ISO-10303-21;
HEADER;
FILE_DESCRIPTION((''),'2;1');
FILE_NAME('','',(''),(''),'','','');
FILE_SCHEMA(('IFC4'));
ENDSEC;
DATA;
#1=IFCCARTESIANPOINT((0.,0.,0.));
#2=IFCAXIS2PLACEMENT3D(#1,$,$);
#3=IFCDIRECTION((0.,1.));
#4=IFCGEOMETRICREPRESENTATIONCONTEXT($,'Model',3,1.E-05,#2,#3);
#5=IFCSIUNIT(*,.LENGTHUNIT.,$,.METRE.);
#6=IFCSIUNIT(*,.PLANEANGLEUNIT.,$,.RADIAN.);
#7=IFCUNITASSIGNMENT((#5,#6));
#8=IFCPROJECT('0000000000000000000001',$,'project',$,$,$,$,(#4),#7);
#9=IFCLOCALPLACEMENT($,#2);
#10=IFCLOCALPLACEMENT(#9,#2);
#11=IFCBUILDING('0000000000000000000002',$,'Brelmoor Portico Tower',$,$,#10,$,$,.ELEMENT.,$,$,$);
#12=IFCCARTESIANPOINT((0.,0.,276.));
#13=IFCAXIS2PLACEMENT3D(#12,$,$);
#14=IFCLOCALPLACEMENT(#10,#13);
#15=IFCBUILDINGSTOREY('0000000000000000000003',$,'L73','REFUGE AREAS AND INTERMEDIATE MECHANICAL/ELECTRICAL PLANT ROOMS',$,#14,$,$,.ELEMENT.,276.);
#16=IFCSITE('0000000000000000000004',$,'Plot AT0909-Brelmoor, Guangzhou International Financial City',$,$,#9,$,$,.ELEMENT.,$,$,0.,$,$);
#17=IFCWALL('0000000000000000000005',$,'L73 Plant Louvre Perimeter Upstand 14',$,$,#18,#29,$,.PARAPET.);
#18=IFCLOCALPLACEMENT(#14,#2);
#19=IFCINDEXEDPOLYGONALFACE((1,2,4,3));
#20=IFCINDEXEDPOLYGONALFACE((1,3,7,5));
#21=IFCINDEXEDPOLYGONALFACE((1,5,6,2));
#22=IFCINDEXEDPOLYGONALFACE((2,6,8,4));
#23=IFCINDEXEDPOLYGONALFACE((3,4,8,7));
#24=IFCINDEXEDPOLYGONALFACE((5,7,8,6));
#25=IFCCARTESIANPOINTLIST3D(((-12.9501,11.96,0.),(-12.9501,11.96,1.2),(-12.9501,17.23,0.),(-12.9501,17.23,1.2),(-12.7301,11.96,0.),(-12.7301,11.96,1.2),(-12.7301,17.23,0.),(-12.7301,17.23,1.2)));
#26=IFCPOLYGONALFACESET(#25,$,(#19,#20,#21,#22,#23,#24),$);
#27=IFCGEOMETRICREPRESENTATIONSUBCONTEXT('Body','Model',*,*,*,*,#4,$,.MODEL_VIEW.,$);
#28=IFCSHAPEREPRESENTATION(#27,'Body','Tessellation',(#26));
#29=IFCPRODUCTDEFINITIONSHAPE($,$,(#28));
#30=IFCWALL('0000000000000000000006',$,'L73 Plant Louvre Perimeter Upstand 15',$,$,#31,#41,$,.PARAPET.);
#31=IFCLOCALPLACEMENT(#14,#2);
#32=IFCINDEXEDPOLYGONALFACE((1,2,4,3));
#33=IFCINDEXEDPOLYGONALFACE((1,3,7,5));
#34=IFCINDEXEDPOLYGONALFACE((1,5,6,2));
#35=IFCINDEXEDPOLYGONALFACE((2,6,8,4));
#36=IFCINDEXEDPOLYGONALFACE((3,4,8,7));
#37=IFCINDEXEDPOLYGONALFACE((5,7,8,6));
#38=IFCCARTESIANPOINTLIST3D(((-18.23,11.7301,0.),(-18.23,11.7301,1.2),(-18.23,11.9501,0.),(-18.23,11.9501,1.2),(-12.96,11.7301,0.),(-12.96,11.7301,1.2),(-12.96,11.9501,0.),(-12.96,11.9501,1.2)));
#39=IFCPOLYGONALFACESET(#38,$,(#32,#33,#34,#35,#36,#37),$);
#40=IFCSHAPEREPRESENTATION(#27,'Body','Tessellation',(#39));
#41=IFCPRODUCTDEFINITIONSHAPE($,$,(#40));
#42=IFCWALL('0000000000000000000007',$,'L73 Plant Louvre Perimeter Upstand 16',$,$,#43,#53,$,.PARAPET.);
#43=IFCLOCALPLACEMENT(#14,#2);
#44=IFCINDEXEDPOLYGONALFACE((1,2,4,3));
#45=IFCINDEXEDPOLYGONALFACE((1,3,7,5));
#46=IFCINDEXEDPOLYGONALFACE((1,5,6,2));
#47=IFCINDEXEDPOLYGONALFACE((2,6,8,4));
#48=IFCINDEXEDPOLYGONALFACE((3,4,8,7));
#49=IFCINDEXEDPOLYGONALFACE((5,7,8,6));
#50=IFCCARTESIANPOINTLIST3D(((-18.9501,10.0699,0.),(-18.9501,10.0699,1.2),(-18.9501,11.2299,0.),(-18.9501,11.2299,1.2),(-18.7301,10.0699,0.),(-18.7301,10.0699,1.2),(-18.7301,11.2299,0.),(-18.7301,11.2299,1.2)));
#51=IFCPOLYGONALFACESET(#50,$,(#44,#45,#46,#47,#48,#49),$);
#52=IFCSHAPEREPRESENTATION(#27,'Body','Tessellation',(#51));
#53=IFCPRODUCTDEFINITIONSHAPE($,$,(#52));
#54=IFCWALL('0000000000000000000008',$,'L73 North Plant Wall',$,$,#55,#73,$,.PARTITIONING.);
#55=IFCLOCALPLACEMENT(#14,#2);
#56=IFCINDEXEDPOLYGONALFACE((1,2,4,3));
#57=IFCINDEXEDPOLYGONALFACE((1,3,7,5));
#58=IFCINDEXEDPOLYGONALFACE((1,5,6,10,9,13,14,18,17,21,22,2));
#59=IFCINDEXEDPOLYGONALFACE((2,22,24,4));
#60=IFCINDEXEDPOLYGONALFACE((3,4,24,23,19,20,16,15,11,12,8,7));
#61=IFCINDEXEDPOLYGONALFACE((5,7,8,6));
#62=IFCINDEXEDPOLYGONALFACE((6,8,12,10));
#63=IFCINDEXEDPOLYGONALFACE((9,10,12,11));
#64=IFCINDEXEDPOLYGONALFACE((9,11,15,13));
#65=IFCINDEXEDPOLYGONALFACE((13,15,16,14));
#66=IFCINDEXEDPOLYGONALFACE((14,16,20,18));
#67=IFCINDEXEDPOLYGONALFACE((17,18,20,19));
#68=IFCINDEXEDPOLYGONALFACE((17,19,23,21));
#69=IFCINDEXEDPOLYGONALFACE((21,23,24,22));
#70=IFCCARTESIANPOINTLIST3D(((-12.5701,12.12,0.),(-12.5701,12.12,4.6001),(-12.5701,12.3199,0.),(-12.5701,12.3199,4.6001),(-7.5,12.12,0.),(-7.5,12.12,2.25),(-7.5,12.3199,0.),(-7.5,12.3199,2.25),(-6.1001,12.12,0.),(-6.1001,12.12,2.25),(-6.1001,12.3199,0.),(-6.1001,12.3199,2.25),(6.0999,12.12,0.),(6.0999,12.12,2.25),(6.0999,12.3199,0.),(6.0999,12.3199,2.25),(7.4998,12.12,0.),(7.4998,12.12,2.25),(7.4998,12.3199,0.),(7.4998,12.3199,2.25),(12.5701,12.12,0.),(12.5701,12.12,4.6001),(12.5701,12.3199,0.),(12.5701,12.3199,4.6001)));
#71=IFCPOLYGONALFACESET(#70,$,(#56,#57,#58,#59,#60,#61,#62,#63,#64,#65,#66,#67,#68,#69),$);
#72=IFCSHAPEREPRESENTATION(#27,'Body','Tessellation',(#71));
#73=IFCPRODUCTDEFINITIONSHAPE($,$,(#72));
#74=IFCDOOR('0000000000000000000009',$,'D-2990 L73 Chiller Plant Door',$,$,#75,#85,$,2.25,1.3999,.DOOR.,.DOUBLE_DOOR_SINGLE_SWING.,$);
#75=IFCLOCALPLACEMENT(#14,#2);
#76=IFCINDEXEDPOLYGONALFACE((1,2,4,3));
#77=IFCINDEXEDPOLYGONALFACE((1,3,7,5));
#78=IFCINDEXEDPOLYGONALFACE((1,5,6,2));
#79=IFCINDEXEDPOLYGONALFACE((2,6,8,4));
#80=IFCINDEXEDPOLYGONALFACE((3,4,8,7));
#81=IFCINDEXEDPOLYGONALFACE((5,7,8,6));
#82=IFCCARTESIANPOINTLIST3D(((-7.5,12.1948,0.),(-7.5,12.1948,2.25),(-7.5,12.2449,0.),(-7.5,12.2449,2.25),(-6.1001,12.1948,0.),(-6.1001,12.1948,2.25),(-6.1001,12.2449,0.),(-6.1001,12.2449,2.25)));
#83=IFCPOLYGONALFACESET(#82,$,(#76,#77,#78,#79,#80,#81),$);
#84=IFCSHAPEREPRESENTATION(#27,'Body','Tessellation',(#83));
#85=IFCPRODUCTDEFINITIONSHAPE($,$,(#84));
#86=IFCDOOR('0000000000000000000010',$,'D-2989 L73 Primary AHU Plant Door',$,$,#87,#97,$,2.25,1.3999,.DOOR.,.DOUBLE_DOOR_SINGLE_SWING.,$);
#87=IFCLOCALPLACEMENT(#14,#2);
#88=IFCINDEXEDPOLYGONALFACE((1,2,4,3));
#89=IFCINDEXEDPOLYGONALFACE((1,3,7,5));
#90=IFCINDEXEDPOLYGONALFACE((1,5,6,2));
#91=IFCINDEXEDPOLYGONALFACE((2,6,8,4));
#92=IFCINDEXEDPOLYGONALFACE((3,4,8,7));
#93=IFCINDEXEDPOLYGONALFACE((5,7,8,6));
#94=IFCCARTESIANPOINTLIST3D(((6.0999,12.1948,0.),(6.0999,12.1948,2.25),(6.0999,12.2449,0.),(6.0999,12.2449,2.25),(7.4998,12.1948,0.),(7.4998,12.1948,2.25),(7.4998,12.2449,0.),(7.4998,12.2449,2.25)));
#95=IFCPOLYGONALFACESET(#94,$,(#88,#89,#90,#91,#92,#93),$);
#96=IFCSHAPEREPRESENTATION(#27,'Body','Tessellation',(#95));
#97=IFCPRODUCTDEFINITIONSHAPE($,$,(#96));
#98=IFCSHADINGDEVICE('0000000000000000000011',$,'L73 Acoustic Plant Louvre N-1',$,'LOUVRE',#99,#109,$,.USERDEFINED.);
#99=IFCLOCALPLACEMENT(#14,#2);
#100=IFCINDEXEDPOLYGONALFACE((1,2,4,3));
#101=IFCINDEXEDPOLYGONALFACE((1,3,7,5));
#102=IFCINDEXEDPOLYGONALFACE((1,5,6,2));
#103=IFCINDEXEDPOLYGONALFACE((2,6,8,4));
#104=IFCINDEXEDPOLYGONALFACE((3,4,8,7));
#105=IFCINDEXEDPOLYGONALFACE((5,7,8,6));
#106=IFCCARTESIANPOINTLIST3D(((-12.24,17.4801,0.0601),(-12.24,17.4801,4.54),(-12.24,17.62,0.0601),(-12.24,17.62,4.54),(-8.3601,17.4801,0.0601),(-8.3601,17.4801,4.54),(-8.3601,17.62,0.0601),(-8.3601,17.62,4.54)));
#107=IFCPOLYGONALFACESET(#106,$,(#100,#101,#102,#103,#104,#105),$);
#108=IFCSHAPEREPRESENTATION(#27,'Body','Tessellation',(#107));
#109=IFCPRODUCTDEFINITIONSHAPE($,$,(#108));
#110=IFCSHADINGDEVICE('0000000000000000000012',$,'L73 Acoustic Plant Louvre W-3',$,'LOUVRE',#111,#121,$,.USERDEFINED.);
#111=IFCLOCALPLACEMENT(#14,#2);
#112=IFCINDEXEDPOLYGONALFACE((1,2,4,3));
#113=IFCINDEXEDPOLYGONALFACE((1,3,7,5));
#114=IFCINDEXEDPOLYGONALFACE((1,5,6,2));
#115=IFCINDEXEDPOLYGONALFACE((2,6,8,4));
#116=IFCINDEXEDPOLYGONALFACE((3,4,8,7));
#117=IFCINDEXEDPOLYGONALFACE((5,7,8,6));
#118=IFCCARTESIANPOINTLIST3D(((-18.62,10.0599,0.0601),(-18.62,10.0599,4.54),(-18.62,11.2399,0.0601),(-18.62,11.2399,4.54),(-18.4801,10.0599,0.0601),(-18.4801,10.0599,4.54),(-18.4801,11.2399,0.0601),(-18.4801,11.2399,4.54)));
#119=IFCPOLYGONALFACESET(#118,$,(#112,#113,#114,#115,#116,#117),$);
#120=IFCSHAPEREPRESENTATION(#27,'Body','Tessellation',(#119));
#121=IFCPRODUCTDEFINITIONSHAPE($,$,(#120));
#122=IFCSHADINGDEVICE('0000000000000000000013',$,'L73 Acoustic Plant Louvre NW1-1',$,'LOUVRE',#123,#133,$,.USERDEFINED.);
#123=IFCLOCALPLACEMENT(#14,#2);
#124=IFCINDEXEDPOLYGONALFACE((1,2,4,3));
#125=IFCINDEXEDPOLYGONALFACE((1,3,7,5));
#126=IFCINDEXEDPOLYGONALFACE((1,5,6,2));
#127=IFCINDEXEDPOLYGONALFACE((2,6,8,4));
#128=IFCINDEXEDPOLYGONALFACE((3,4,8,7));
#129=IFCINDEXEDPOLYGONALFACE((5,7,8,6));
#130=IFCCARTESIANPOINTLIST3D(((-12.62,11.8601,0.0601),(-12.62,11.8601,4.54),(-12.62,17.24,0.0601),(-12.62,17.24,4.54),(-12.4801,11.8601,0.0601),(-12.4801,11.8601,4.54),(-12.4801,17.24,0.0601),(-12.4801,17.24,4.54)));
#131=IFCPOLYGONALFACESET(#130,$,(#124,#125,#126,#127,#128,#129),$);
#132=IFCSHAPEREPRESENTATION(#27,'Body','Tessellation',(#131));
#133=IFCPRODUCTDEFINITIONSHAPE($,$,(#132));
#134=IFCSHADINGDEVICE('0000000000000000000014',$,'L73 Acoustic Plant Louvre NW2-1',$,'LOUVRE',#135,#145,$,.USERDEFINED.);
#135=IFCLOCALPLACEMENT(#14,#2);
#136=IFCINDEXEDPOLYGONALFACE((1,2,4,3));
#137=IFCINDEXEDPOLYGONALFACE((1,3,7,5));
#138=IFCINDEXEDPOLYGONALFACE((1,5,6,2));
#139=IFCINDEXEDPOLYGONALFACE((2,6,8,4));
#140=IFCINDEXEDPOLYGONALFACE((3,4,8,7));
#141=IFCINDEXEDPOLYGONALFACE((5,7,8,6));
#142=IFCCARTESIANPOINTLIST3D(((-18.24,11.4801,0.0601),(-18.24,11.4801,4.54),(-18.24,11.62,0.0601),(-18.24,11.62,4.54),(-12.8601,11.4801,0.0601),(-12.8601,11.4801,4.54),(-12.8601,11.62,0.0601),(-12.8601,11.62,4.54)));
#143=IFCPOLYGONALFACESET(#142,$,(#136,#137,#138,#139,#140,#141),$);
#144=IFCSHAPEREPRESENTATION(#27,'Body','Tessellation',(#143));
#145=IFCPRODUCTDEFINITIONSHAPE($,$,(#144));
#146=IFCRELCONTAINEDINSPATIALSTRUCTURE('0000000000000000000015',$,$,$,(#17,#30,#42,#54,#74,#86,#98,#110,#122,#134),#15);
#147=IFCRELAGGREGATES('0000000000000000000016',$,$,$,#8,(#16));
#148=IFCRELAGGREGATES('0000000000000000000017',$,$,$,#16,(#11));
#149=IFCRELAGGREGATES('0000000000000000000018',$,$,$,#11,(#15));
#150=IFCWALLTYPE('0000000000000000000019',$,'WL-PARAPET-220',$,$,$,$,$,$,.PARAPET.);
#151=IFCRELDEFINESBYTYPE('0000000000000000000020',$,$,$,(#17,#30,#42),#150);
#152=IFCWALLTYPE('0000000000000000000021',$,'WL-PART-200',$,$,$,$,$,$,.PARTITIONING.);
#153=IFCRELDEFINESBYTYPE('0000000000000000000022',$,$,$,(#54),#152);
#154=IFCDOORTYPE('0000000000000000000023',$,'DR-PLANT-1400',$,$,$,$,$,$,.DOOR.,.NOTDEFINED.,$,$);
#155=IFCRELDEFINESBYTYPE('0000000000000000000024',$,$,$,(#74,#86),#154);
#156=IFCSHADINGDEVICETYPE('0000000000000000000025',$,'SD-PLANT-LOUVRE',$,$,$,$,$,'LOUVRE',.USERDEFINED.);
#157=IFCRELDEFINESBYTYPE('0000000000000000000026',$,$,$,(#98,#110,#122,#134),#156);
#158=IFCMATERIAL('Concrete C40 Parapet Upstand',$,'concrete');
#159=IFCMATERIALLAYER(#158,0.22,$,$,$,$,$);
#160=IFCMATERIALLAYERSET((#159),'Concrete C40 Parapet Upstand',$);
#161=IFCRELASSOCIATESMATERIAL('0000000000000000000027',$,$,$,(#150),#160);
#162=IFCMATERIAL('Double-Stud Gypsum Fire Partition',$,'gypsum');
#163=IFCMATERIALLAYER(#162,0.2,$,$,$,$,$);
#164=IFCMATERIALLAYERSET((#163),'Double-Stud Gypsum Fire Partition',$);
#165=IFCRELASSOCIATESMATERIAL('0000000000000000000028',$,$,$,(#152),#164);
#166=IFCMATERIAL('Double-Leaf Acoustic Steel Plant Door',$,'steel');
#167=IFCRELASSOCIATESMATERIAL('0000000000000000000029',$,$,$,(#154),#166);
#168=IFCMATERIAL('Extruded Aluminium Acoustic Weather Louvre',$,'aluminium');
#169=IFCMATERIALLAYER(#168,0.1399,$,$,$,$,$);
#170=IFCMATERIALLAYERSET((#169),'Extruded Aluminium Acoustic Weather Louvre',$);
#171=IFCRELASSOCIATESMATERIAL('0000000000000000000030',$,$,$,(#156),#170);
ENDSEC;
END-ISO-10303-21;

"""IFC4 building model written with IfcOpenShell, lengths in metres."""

from ifc_helpers import new_model, si_unit, direction, frame, frame_2d, origin, origin_2d, place, context, subcontext, project, spatial, rectangle, extrude, material, layer, layer_set, type_object, element, fill, save


model = new_model("IFC4")

# Units and contexts
model_context = context("Model", 3, precision=1e-05, world=origin(), true_north=direction((0.0, 1.0)))
body_context = subcontext(model_context, "Body", "Model", "MODEL_VIEW")
ifc_project = project(units=[si_unit("LENGTHUNIT", "METRE"), si_unit("PLANEANGLEUNIT", "RADIAN")], contexts=[model_context])

# Site, building, storey
site_placement = place(None, origin())
site = spatial("IfcSite", under=ifc_project, at=site_placement, Name="Plot AT0909-Brelmoor, Guangzhou International Financial City", CompositionType="ELEMENT", RefElevation=0.0)
building_placement = place(site_placement, origin())
building = spatial("IfcBuilding", under=site, at=building_placement, Name="Brelmoor Portico Tower", CompositionType="ELEMENT")
storey_placement = place(building_placement, frame((0.0, 0.0, 276.0)))
storey = spatial("IfcBuildingStorey", under=building, at=storey_placement, Name="L73", Description="REFUGE AREAS AND INTERMEDIATE MECHANICAL/ELECTRICAL PLANT ROOMS", CompositionType="ELEMENT", Elevation=276.0)

# Walls
ifc_material_1 = material(Name="Concrete C40 Parapet Upstand", Category="concrete")
ifc_layer_1 = layer(ifc_material_1, 0.22)
ifc_layer_set_1 = layer_set([ifc_layer_1], Name="Concrete C40 Parapet Upstand")
wall_type_1 = type_object("IfcWallType", Name="WL-PARAPET-220", PredefinedType="PARAPET", material=ifc_layer_set_1)
for number, where, z_axis, x_axis, name in (
    (1, (-12.8401, 17.23, 0.0), (0.0, 0.0, 1.0), (0.0, -1.0, 0.0), "L73 Plant Louvre Perimeter Upstand 14"),
    (2, (-12.96, 11.8401, 0.0), (0.0, 0.0, 1.0), (-1.0, 0.0, 0.0), "L73 Plant Louvre Perimeter Upstand 15"),
):
    element("IfcWall", number, at=place(storey_placement, frame(where, z_axis=z_axis, x_axis=x_axis)), inside=storey, type_object=wall_type_1, Name=name, PredefinedType="PARAPET", context=body_context, shape_type="SweptSolid", body=[
        extrude(rectangle(XDim=5.27, YDim=0.22, at=frame_2d((2.635, 0.0))), origin(), (0.0, 0.0, 1.0), 1.2),
    ])
wall_1_placement = place(storey_placement, frame((-18.8401, 11.23, 0.0), z_axis=(0.0, 0.0, 1.0), x_axis=(0.0, -1.0, 0.0)))
element("IfcWall", 3, at=wall_1_placement, inside=storey, type_object=wall_type_1, Name="L73 Plant Louvre Perimeter Upstand 16", PredefinedType="PARAPET", context=body_context, shape_type="SweptSolid", body=[
    extrude(rectangle(XDim=1.1599, YDim=0.22, at=frame_2d((0.5801, 0.0))), origin(), (0.0, 0.0, 1.0), 1.2),
])

# Wall, openings, doors
ifc_material_2 = material(Name="Double-Stud Gypsum Fire Partition", Category="gypsum")
ifc_layer_2 = layer(ifc_material_2, 0.2)
ifc_layer_set_2 = layer_set([ifc_layer_2], Name="Double-Stud Gypsum Fire Partition")
wall_type_2 = type_object("IfcWallType", Name="WL-PART-200", PredefinedType="PARTITIONING", material=ifc_layer_set_2)
wall_2_placement = place(storey_placement, frame((-12.5701, 12.22, 0.0), z_axis=(0.0, 0.0, 1.0), x_axis=(1.0, 0.0, 0.0)))
wall_2 = element("IfcWall", 4, at=wall_2_placement, inside=storey, type_object=wall_type_2, Name="L73 North Plant Wall", PredefinedType="PARTITIONING", context=body_context, shape_type="SweptSolid", body=[
    extrude(rectangle(XDim=25.1401, YDim=0.2, at=frame_2d((12.5701, 0.0))), origin(), (0.0, 0.0, 1.0), 4.6001),
])
opening_1_placement = place(wall_2_placement, frame((5.0701, 0.0, 0.0)))
opening_1 = element("IfcOpeningElement", 5, at=opening_1_placement, cuts=wall_2, PredefinedType="OPENING", context=body_context, shape_type="SweptSolid", body=[
    extrude(rectangle(XDim=1.3999, YDim=2.25, at=frame_2d((0.7, 1.125))), frame((0.0, 0.1099, 0.0), z_axis=(0.0, -1.0, 0.0), x_axis=(1.0, 0.0, 0.0)), (0.0, 0.0, 1.0), 0.22),
])
opening_2_placement = place(wall_2_placement, frame((18.6699, 0.0, 0.0)))
opening_2 = element("IfcOpeningElement", 6, at=opening_2_placement, cuts=wall_2, PredefinedType="OPENING", context=body_context, shape_type="SweptSolid", body=[
    extrude(rectangle(XDim=1.3999, YDim=2.25, at=frame_2d((0.7, 1.125))), frame((0.0, 0.1099, 0.0), z_axis=(0.0, -1.0, 0.0), x_axis=(1.0, 0.0, 0.0)), (0.0, 0.0, 1.0), 0.22),
])
ifc_material_3 = material(Name="Double-Leaf Acoustic Steel Plant Door", Category="steel")
door_type = type_object("IfcDoorType", Name="DR-PLANT-1400", OperationType="NOTDEFINED", PredefinedType="DOOR", material=ifc_material_3)
door_1_placement = place(opening_1_placement, origin())
door_1 = element("IfcDoor", 7, at=door_1_placement, inside=storey, type_object=door_type, Name="D-2990 L73 Chiller Plant Door", OperationType="DOUBLE_DOOR_SINGLE_SWING", OverallHeight=2.25, OverallWidth=1.3999, PredefinedType="DOOR", context=body_context, shape_type="SweptSolid", body=[
    extrude(rectangle(XDim=1.3999, YDim=2.25, at=frame_2d((0.7, 1.125))), frame((0.0, 0.0249, 0.0), z_axis=(0.0, -1.0, 0.0), x_axis=(1.0, 0.0, 0.0)), (0.0, 0.0, 1.0), 0.05),
])
fill(opening_1, door_1)
door_2_placement = place(opening_2_placement, origin())
door_2 = element("IfcDoor", 8, at=door_2_placement, inside=storey, type_object=door_type, Name="D-2989 L73 Primary AHU Plant Door", OperationType="DOUBLE_DOOR_SINGLE_SWING", OverallHeight=2.25, OverallWidth=1.3999, PredefinedType="DOOR", context=body_context, shape_type="SweptSolid", body=[
    extrude(rectangle(XDim=1.3999, YDim=2.25, at=frame_2d((0.7, 1.125))), frame((0.0, 0.0249, 0.0), z_axis=(0.0, -1.0, 0.0), x_axis=(1.0, 0.0, 0.0)), (0.0, 0.0, 1.0), 0.05),
])
fill(opening_2, door_2)

# Shading devices
ifc_material_4 = material(Name="Extruded Aluminium Acoustic Weather Louvre", Category="aluminium")
ifc_layer_3 = layer(ifc_material_4, 0.1399)
ifc_layer_set_3 = layer_set([ifc_layer_3], Name="Extruded Aluminium Acoustic Weather Louvre")
shading_device_type = type_object("IfcShadingDeviceType", Name="SD-PLANT-LOUVRE", ElementType="LOUVRE", PredefinedType="USERDEFINED", material=ifc_layer_set_3)
shading_device_1_placement = place(storey_placement, frame((-10.3, 17.55, 0.0601), z_axis=(0.0, 0.0, 1.0), x_axis=(1.0, 0.0, 0.0)))
element("IfcShadingDevice", 9, at=shading_device_1_placement, inside=storey, type_object=shading_device_type, Name="L73 Acoustic Plant Louvre N-1", ObjectType="LOUVRE", PredefinedType="USERDEFINED", context=body_context, shape_type="SweptSolid", body=[
    extrude(rectangle(XDim=3.8799, YDim=0.1399, at=origin_2d()), origin(), (0.0, 0.0, 1.0), 4.48),
])
shading_device_2_placement = place(storey_placement, frame((-18.55, 10.6499, 0.0601), z_axis=(0.0, 0.0, 1.0), x_axis=(0.0, 1.0, 0.0)))
element("IfcShadingDevice", 10, at=shading_device_2_placement, inside=storey, type_object=shading_device_type, Name="L73 Acoustic Plant Louvre W-3", ObjectType="LOUVRE", PredefinedType="USERDEFINED", context=body_context, shape_type="SweptSolid", body=[
    extrude(rectangle(XDim=1.1799, YDim=0.1399, at=origin_2d()), origin(), (0.0, 0.0, 1.0), 4.48),
])
for number, where, z_axis, x_axis, name in (
    (11, (-12.55, 14.55, 0.0601), (0.0, 0.0, 1.0), (0.0, 1.0, 0.0), "L73 Acoustic Plant Louvre NW1-1"),
    (12, (-15.55, 11.55, 0.0601), (0.0, 0.0, 1.0), (1.0, 0.0, 0.0), "L73 Acoustic Plant Louvre NW2-1"),
):
    element("IfcShadingDevice", number, at=place(storey_placement, frame(where, z_axis=z_axis, x_axis=x_axis)), inside=storey, type_object=shading_device_type, Name=name, ObjectType="LOUVRE", PredefinedType="USERDEFINED", context=body_context, shape_type="SweptSolid", body=[
        extrude(rectangle(XDim=5.3799, YDim=0.1399, at=origin_2d()), origin(), (0.0, 0.0, 1.0), 4.48),
    ])

save(model, "model.ifc")
